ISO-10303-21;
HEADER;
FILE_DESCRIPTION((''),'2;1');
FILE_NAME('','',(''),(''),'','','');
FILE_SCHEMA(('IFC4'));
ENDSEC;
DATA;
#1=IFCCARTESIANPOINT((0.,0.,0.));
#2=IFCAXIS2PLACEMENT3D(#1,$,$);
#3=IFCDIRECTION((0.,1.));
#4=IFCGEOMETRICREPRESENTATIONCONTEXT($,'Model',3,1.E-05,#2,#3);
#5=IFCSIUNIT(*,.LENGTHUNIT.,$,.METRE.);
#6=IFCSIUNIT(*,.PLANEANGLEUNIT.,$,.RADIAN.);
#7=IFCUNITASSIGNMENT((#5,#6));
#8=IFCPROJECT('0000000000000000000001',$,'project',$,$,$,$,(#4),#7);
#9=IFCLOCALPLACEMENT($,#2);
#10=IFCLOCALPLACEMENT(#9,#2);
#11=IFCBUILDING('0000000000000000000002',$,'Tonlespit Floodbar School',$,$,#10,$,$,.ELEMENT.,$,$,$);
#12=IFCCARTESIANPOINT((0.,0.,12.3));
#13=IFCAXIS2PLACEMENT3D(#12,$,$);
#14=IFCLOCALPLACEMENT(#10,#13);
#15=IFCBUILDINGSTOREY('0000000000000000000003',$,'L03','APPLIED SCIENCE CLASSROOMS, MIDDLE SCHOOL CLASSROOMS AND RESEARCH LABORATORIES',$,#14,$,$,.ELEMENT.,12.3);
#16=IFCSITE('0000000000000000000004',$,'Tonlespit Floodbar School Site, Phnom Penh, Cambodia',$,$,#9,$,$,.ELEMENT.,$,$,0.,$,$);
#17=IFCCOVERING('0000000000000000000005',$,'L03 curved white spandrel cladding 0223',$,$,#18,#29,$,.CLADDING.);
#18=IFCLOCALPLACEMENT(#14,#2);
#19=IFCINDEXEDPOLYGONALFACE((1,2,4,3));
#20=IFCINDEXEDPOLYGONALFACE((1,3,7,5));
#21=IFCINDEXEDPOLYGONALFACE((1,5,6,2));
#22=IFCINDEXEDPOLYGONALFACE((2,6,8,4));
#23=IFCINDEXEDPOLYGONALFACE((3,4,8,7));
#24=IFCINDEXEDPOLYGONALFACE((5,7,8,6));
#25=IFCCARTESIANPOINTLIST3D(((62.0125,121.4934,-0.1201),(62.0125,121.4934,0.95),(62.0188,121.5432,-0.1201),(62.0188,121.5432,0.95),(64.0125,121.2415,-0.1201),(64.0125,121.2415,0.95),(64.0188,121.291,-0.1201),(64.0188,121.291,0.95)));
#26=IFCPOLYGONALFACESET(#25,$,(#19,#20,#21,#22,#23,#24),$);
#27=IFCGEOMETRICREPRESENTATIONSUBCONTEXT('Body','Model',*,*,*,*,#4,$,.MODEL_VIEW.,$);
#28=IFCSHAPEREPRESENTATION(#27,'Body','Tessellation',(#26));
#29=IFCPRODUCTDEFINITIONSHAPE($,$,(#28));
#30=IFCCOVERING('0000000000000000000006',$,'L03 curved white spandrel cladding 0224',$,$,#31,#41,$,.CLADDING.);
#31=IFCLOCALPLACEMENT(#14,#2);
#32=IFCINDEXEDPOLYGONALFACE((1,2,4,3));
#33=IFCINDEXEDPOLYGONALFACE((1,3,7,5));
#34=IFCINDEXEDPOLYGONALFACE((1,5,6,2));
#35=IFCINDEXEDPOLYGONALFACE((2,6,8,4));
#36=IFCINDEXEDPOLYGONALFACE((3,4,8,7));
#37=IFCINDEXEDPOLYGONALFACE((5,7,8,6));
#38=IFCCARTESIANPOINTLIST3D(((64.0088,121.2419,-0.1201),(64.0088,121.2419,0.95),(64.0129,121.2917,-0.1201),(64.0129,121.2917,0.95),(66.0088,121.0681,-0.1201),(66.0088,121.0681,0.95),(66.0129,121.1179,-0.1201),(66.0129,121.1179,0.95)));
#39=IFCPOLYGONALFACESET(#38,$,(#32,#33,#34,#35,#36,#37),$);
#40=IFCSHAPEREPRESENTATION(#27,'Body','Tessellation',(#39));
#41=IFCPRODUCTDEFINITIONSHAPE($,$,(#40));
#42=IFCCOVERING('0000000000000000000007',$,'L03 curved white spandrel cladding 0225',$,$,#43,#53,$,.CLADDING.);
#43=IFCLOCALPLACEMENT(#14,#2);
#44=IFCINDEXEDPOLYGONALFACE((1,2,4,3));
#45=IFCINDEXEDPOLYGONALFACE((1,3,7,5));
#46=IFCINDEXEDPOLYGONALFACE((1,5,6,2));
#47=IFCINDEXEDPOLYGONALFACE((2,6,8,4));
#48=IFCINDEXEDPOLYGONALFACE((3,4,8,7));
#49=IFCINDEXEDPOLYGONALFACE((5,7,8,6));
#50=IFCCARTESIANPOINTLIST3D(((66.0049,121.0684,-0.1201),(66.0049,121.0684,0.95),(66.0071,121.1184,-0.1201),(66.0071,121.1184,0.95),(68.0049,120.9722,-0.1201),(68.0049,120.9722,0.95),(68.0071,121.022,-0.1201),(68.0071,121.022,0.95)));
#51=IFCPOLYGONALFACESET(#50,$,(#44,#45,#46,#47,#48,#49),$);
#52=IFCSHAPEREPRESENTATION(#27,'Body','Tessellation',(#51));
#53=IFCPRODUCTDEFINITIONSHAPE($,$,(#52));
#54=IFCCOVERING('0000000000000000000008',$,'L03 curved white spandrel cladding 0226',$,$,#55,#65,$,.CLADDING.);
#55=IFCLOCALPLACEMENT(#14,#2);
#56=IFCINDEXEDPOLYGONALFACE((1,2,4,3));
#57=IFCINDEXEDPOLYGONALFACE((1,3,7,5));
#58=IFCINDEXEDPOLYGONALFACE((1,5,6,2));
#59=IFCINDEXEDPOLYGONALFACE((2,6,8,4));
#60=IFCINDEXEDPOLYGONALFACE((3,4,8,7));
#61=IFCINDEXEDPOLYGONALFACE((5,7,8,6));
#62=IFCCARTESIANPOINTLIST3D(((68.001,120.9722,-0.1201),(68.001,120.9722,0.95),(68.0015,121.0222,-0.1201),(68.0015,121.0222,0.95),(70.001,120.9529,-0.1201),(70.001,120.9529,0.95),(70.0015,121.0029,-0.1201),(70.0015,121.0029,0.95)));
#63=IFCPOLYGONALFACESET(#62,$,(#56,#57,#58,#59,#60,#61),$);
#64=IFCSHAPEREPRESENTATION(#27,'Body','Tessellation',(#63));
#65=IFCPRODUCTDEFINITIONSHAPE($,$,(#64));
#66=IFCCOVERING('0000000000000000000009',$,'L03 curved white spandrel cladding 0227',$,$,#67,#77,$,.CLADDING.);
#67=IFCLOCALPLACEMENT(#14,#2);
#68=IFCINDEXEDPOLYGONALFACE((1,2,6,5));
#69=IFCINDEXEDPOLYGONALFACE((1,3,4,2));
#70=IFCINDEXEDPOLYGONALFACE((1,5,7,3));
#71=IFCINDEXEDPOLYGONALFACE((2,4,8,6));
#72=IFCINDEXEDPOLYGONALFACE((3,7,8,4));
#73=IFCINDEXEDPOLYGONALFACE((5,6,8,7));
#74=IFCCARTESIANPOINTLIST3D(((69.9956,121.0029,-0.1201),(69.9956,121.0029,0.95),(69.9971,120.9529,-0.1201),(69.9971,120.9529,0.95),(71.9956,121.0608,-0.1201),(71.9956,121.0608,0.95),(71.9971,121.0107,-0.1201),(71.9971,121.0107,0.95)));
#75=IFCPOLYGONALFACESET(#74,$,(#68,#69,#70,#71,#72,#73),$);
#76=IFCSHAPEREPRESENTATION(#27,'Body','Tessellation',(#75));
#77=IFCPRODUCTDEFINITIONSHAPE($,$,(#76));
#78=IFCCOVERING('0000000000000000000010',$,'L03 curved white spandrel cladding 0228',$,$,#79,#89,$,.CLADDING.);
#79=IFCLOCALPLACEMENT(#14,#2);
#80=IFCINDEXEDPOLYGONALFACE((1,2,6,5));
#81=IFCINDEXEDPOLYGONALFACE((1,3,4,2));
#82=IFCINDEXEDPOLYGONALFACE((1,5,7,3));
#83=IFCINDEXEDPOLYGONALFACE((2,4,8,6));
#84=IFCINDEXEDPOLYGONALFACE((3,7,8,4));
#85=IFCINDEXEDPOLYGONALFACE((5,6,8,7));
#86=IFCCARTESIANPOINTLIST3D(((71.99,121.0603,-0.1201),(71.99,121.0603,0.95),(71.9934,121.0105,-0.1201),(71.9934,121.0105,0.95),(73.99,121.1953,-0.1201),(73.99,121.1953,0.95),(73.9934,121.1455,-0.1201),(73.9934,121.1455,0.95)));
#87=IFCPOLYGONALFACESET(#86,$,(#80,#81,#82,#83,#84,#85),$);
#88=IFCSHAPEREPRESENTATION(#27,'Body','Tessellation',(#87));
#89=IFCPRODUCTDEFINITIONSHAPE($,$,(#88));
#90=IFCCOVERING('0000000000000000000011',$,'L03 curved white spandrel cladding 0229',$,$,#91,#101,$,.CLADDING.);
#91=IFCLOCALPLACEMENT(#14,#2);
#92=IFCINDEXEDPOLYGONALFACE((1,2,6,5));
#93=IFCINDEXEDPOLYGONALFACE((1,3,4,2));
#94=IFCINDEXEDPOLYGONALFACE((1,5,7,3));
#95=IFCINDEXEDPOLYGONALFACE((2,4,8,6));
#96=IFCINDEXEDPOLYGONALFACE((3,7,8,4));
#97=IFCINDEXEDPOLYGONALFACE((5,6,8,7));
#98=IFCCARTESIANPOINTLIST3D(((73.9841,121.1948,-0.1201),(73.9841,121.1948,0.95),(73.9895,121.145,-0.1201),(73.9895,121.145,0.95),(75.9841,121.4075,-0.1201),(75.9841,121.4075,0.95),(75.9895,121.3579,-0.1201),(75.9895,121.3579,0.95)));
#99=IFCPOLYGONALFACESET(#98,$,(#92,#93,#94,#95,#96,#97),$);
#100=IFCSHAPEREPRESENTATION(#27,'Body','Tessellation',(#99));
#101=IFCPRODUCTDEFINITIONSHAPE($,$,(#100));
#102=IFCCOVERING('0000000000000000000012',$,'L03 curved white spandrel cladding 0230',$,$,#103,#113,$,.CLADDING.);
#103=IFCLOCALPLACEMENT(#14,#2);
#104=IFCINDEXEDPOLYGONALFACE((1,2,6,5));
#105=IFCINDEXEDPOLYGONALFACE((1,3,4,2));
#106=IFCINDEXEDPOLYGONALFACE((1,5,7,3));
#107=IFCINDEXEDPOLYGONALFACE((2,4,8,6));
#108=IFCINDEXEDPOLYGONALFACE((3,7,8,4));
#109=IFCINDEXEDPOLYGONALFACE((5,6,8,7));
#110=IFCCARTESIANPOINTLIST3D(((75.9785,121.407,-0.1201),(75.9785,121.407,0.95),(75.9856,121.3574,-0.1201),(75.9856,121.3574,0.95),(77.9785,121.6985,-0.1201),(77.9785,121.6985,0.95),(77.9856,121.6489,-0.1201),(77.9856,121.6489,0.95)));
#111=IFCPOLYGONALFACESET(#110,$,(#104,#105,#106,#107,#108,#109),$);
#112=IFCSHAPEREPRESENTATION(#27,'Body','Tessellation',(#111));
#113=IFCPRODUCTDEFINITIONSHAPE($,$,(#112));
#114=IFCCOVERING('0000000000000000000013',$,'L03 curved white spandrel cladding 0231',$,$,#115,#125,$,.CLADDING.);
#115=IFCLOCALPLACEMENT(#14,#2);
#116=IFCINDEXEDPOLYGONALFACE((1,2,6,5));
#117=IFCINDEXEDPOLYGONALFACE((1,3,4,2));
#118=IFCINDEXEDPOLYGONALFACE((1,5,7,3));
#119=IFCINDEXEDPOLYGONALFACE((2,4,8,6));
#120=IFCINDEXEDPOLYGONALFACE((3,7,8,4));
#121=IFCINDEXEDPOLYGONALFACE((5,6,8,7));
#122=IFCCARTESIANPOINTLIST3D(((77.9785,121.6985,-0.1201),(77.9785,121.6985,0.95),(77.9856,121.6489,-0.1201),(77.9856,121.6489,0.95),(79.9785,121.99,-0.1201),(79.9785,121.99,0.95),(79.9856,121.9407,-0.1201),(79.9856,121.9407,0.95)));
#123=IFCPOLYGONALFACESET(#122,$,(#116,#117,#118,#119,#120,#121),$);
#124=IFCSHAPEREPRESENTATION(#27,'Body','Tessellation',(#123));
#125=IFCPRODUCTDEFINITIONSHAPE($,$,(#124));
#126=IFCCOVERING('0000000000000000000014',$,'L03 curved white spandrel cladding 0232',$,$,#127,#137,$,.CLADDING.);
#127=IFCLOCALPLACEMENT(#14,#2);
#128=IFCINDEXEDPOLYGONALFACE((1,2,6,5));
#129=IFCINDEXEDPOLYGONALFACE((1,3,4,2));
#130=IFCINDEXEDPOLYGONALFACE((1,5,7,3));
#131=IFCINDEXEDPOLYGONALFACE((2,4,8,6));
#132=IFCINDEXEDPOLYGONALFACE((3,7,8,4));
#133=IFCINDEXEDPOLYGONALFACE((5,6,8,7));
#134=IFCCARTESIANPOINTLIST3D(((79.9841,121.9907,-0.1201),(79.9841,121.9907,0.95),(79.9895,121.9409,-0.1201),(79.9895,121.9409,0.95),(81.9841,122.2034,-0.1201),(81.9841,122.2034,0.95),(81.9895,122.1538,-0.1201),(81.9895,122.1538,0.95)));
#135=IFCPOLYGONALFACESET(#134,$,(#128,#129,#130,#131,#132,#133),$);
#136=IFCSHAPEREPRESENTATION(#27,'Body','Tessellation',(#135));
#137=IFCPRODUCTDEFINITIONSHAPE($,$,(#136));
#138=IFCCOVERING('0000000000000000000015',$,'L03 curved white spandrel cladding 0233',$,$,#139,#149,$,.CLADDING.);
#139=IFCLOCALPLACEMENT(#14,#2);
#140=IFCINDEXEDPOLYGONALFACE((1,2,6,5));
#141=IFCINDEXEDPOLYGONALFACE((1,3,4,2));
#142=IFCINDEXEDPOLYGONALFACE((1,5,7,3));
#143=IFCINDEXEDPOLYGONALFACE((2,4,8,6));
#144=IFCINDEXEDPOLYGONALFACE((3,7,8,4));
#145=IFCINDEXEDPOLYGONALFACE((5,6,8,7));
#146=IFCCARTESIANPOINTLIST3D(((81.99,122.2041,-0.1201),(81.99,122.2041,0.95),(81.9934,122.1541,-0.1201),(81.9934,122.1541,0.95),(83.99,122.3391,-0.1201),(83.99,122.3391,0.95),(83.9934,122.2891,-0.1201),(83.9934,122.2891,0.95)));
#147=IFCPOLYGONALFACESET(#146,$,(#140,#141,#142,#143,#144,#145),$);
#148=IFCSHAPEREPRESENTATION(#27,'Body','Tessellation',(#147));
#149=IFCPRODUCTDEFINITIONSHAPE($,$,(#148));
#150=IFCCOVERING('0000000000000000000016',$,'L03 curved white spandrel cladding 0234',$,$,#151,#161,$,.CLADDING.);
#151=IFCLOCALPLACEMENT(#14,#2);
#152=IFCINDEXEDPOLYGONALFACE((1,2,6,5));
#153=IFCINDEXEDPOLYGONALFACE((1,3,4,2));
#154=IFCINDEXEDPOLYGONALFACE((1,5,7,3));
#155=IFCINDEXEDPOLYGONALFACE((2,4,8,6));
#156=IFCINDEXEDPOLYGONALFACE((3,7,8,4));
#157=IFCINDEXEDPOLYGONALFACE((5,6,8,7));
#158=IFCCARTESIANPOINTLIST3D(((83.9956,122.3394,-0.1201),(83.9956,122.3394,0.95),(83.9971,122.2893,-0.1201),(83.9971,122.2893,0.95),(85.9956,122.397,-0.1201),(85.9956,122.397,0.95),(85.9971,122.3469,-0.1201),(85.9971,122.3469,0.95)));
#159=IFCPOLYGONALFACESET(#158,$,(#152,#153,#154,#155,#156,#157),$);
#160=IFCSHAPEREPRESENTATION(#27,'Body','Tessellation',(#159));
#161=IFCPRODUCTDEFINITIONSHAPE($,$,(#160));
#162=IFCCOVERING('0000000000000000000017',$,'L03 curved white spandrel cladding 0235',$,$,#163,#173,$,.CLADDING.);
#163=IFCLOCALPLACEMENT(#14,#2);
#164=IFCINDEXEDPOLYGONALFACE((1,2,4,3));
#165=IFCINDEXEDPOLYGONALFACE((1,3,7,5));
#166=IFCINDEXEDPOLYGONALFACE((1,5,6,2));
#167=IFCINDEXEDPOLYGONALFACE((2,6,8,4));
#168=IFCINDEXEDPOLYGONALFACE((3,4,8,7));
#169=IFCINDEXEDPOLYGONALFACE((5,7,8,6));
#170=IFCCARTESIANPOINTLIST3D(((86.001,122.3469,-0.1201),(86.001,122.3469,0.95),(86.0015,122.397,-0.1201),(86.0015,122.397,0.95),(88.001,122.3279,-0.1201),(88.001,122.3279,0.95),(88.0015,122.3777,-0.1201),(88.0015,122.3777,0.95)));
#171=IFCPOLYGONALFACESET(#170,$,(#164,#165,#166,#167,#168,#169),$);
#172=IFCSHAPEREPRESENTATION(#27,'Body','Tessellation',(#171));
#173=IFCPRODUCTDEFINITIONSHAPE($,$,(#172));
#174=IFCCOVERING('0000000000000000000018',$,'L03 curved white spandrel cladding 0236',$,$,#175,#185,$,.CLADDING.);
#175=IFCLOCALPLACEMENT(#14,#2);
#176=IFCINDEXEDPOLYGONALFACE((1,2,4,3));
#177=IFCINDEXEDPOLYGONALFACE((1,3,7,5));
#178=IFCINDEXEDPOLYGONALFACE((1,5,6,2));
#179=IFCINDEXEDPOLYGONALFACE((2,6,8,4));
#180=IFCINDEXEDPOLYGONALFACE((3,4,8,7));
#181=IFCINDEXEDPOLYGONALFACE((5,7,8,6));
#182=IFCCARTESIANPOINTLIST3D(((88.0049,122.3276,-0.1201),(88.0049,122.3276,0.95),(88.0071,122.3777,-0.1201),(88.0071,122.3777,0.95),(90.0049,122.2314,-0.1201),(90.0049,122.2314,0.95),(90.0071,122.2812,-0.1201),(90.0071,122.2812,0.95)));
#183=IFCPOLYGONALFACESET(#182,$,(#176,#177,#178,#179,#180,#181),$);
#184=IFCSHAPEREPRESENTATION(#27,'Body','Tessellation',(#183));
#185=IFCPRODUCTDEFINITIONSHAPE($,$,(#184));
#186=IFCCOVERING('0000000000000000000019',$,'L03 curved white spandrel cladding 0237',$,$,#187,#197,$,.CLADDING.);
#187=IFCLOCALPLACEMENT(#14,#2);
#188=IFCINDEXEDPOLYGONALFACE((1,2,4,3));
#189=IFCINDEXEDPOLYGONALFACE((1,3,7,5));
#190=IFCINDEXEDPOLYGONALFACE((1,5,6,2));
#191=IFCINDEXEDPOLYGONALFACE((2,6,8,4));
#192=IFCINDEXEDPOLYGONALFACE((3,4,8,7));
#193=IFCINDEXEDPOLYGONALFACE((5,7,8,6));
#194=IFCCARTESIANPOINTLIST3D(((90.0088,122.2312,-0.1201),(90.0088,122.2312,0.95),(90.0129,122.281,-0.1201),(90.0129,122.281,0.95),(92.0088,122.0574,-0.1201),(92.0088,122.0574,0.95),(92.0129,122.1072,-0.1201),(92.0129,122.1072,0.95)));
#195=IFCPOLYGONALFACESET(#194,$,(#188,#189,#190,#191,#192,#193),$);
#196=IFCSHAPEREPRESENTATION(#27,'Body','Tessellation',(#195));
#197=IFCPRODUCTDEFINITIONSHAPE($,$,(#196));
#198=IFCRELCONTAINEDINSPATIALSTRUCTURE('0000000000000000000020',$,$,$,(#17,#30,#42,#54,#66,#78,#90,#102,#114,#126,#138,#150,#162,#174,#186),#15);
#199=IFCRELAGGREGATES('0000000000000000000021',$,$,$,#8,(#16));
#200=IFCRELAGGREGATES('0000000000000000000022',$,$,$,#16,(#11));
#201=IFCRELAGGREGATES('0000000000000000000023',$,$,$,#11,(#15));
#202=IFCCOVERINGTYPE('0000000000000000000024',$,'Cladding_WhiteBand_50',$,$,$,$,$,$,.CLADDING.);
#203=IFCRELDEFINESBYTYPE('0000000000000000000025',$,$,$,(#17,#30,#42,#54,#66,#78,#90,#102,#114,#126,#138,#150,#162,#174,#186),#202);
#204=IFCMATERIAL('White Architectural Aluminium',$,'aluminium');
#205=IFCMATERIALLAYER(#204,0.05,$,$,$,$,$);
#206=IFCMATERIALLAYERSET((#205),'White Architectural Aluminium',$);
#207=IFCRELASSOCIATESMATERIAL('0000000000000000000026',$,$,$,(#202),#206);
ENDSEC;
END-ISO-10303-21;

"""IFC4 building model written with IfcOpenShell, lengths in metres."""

from ifc_helpers import new_model, si_unit, direction, frame, origin, place, context, subcontext, project, spatial, polyline, outline, extrude, material, layer, layer_set, type_object, element, save


model = new_model("IFC4")

# Units and contexts
model_context = context("Model", 3, precision=1e-05, world=origin(), true_north=direction((0.0, 1.0)))
body_context = subcontext(model_context, "Body", "Model", "MODEL_VIEW")
ifc_project = project(units=[si_unit("LENGTHUNIT", "METRE"), si_unit("PLANEANGLEUNIT", "RADIAN")], contexts=[model_context])

# Site, building, storey
site_placement = place(None, origin())
site = spatial("IfcSite", under=ifc_project, at=site_placement, Name="Tonlespit Floodbar School Site, Phnom Penh, Cambodia", CompositionType="ELEMENT", RefElevation=0.0)
building_placement = place(site_placement, origin())
building = spatial("IfcBuilding", under=site, at=building_placement, Name="Tonlespit Floodbar School", CompositionType="ELEMENT")
storey_placement = place(building_placement, frame((0.0, 0.0, 12.3)))
storey = spatial("IfcBuildingStorey", under=building, at=storey_placement, Name="L03", Description="APPLIED SCIENCE CLASSROOMS, MIDDLE SCHOOL CLASSROOMS AND RESEARCH LABORATORIES", CompositionType="ELEMENT", Elevation=12.3)

# Coverings
ifc_material = material(Name="White Architectural Aluminium", Category="aluminium")
ifc_layer = layer(ifc_material, 0.05)
ifc_layer_set = layer_set([ifc_layer], Name="White Architectural Aluminium")
covering_type = type_object("IfcCoveringType", Name="Cladding_WhiteBand_50", PredefinedType="CLADDING", material=ifc_layer_set)
covering_1_placement = place(storey_placement, frame((0.0, 0.0, -0.1201)))
element("IfcCovering", 1, at=covering_1_placement, inside=storey, type_object=covering_type, Name="L03 curved white spandrel cladding 0223", PredefinedType="CLADDING", context=body_context, shape_type="SweptSolid", body=[
    extrude(outline(polyline([(62.0125, 121.4934), (64.0125, 121.2415), (64.0188, 121.291), (62.0188, 121.5432), (62.0125, 121.4934)])), origin(), (0.0, 0.0, 1.0), 1.0701),
])
covering_2_placement = place(storey_placement, frame((0.0, 0.0, -0.1201)))
element("IfcCovering", 2, at=covering_2_placement, inside=storey, type_object=covering_type, Name="L03 curved white spandrel cladding 0224", PredefinedType="CLADDING", context=body_context, shape_type="SweptSolid", body=[
    extrude(outline(polyline([(64.0088, 121.2419), (66.0088, 121.0681), (66.0129, 121.1179), (64.0129, 121.2917), (64.0088, 121.2419)])), origin(), (0.0, 0.0, 1.0), 1.0701),
])
covering_3_placement = place(storey_placement, frame((0.0, 0.0, -0.1201)))
element("IfcCovering", 3, at=covering_3_placement, inside=storey, type_object=covering_type, Name="L03 curved white spandrel cladding 0225", PredefinedType="CLADDING", context=body_context, shape_type="SweptSolid", body=[
    extrude(outline(polyline([(66.0049, 121.0684), (68.0049, 120.9722), (68.0071, 121.022), (66.0071, 121.1184), (66.0049, 121.0684)])), origin(), (0.0, 0.0, 1.0), 1.0701),
])
covering_4_placement = place(storey_placement, frame((0.0, 0.0, -0.1201)))
element("IfcCovering", 4, at=covering_4_placement, inside=storey, type_object=covering_type, Name="L03 curved white spandrel cladding 0226", PredefinedType="CLADDING", context=body_context, shape_type="SweptSolid", body=[
    extrude(outline(polyline([(68.001, 120.9722), (70.001, 120.9529), (70.0015, 121.0029), (68.0015, 121.0222), (68.001, 120.9722)])), origin(), (0.0, 0.0, 1.0), 1.0701),
])
covering_5_placement = place(storey_placement, frame((0.0, 0.0, -0.1201)))
element("IfcCovering", 5, at=covering_5_placement, inside=storey, type_object=covering_type, Name="L03 curved white spandrel cladding 0227", PredefinedType="CLADDING", context=body_context, shape_type="SweptSolid", body=[
    extrude(outline(polyline([(69.9971, 120.9529), (71.9971, 121.0107), (71.9956, 121.0608), (69.9956, 121.0029), (69.9971, 120.9529)])), origin(), (0.0, 0.0, 1.0), 1.0701),
])
covering_6_placement = place(storey_placement, frame((0.0, 0.0, -0.1201)))
element("IfcCovering", 6, at=covering_6_placement, inside=storey, type_object=covering_type, Name="L03 curved white spandrel cladding 0228", PredefinedType="CLADDING", context=body_context, shape_type="SweptSolid", body=[
    extrude(outline(polyline([(71.9934, 121.0105), (73.9934, 121.1455), (73.99, 121.1953), (71.99, 121.0603), (71.9934, 121.0105)])), origin(), (0.0, 0.0, 1.0), 1.0701),
])
covering_7_placement = place(storey_placement, frame((0.0, 0.0, -0.1201)))
element("IfcCovering", 7, at=covering_7_placement, inside=storey, type_object=covering_type, Name="L03 curved white spandrel cladding 0229", PredefinedType="CLADDING", context=body_context, shape_type="SweptSolid", body=[
    extrude(outline(polyline([(73.9895, 121.145), (75.9895, 121.3579), (75.9841, 121.4075), (73.9841, 121.1948), (73.9895, 121.145)])), origin(), (0.0, 0.0, 1.0), 1.0701),
])
covering_8_placement = place(storey_placement, frame((0.0, 0.0, -0.1201)))
element("IfcCovering", 8, at=covering_8_placement, inside=storey, type_object=covering_type, Name="L03 curved white spandrel cladding 0230", PredefinedType="CLADDING", context=body_context, shape_type="SweptSolid", body=[
    extrude(outline(polyline([(75.9856, 121.3574), (77.9856, 121.6489), (77.9785, 121.6985), (75.9785, 121.407), (75.9856, 121.3574)])), origin(), (0.0, 0.0, 1.0), 1.0701),
])
covering_9_placement = place(storey_placement, frame((0.0, 0.0, -0.1201)))
element("IfcCovering", 9, at=covering_9_placement, inside=storey, type_object=covering_type, Name="L03 curved white spandrel cladding 0231", PredefinedType="CLADDING", context=body_context, shape_type="SweptSolid", body=[
    extrude(outline(polyline([(77.9856, 121.6489), (79.9856, 121.9407), (79.9785, 121.99), (77.9785, 121.6985), (77.9856, 121.6489)])), origin(), (0.0, 0.0, 1.0), 1.0701),
])
covering_10_placement = place(storey_placement, frame((0.0, 0.0, -0.1201)))
element("IfcCovering", 10, at=covering_10_placement, inside=storey, type_object=covering_type, Name="L03 curved white spandrel cladding 0232", PredefinedType="CLADDING", context=body_context, shape_type="SweptSolid", body=[
    extrude(outline(polyline([(79.9895, 121.9409), (81.9895, 122.1538), (81.9841, 122.2034), (79.9841, 121.9907), (79.9895, 121.9409)])), origin(), (0.0, 0.0, 1.0), 1.0701),
])
covering_11_placement = place(storey_placement, frame((0.0, 0.0, -0.1201)))
element("IfcCovering", 11, at=covering_11_placement, inside=storey, type_object=covering_type, Name="L03 curved white spandrel cladding 0233", PredefinedType="CLADDING", context=body_context, shape_type="SweptSolid", body=[
    extrude(outline(polyline([(81.9934, 122.1541), (83.9934, 122.2891), (83.99, 122.3391), (81.99, 122.2041), (81.9934, 122.1541)])), origin(), (0.0, 0.0, 1.0), 1.0701),
])
covering_12_placement = place(storey_placement, frame((0.0, 0.0, -0.1201)))
element("IfcCovering", 12, at=covering_12_placement, inside=storey, type_object=covering_type, Name="L03 curved white spandrel cladding 0234", PredefinedType="CLADDING", context=body_context, shape_type="SweptSolid", body=[
    extrude(outline(polyline([(83.9971, 122.2893), (85.9971, 122.3469), (85.9956, 122.397), (83.9956, 122.3394), (83.9971, 122.2893)])), origin(), (0.0, 0.0, 1.0), 1.0701),
])
covering_13_placement = place(storey_placement, frame((0.0, 0.0, -0.1201)))
element("IfcCovering", 13, at=covering_13_placement, inside=storey, type_object=covering_type, Name="L03 curved white spandrel cladding 0235", PredefinedType="CLADDING", context=body_context, shape_type="SweptSolid", body=[
    extrude(outline(polyline([(86.001, 122.3469), (88.001, 122.3279), (88.0015, 122.3777), (86.0015, 122.397), (86.001, 122.3469)])), origin(), (0.0, 0.0, 1.0), 1.0701),
])
covering_14_placement = place(storey_placement, frame((0.0, 0.0, -0.1201)))
element("IfcCovering", 14, at=covering_14_placement, inside=storey, type_object=covering_type, Name="L03 curved white spandrel cladding 0236", PredefinedType="CLADDING", context=body_context, shape_type="SweptSolid", body=[
    extrude(outline(polyline([(88.0049, 122.3276), (90.0049, 122.2314), (90.0071, 122.2812), (88.0071, 122.3777), (88.0049, 122.3276)])), origin(), (0.0, 0.0, 1.0), 1.0701),
])
covering_15_placement = place(storey_placement, frame((0.0, 0.0, -0.1201)))
element("IfcCovering", 15, at=covering_15_placement, inside=storey, type_object=covering_type, Name="L03 curved white spandrel cladding 0237", PredefinedType="CLADDING", context=body_context, shape_type="SweptSolid", body=[
    extrude(outline(polyline([(90.0088, 122.2312), (92.0088, 122.0574), (92.0129, 122.1072), (90.0129, 122.281), (90.0088, 122.2312)])), origin(), (0.0, 0.0, 1.0), 1.0701),
])

save(model, "model.ifc")
